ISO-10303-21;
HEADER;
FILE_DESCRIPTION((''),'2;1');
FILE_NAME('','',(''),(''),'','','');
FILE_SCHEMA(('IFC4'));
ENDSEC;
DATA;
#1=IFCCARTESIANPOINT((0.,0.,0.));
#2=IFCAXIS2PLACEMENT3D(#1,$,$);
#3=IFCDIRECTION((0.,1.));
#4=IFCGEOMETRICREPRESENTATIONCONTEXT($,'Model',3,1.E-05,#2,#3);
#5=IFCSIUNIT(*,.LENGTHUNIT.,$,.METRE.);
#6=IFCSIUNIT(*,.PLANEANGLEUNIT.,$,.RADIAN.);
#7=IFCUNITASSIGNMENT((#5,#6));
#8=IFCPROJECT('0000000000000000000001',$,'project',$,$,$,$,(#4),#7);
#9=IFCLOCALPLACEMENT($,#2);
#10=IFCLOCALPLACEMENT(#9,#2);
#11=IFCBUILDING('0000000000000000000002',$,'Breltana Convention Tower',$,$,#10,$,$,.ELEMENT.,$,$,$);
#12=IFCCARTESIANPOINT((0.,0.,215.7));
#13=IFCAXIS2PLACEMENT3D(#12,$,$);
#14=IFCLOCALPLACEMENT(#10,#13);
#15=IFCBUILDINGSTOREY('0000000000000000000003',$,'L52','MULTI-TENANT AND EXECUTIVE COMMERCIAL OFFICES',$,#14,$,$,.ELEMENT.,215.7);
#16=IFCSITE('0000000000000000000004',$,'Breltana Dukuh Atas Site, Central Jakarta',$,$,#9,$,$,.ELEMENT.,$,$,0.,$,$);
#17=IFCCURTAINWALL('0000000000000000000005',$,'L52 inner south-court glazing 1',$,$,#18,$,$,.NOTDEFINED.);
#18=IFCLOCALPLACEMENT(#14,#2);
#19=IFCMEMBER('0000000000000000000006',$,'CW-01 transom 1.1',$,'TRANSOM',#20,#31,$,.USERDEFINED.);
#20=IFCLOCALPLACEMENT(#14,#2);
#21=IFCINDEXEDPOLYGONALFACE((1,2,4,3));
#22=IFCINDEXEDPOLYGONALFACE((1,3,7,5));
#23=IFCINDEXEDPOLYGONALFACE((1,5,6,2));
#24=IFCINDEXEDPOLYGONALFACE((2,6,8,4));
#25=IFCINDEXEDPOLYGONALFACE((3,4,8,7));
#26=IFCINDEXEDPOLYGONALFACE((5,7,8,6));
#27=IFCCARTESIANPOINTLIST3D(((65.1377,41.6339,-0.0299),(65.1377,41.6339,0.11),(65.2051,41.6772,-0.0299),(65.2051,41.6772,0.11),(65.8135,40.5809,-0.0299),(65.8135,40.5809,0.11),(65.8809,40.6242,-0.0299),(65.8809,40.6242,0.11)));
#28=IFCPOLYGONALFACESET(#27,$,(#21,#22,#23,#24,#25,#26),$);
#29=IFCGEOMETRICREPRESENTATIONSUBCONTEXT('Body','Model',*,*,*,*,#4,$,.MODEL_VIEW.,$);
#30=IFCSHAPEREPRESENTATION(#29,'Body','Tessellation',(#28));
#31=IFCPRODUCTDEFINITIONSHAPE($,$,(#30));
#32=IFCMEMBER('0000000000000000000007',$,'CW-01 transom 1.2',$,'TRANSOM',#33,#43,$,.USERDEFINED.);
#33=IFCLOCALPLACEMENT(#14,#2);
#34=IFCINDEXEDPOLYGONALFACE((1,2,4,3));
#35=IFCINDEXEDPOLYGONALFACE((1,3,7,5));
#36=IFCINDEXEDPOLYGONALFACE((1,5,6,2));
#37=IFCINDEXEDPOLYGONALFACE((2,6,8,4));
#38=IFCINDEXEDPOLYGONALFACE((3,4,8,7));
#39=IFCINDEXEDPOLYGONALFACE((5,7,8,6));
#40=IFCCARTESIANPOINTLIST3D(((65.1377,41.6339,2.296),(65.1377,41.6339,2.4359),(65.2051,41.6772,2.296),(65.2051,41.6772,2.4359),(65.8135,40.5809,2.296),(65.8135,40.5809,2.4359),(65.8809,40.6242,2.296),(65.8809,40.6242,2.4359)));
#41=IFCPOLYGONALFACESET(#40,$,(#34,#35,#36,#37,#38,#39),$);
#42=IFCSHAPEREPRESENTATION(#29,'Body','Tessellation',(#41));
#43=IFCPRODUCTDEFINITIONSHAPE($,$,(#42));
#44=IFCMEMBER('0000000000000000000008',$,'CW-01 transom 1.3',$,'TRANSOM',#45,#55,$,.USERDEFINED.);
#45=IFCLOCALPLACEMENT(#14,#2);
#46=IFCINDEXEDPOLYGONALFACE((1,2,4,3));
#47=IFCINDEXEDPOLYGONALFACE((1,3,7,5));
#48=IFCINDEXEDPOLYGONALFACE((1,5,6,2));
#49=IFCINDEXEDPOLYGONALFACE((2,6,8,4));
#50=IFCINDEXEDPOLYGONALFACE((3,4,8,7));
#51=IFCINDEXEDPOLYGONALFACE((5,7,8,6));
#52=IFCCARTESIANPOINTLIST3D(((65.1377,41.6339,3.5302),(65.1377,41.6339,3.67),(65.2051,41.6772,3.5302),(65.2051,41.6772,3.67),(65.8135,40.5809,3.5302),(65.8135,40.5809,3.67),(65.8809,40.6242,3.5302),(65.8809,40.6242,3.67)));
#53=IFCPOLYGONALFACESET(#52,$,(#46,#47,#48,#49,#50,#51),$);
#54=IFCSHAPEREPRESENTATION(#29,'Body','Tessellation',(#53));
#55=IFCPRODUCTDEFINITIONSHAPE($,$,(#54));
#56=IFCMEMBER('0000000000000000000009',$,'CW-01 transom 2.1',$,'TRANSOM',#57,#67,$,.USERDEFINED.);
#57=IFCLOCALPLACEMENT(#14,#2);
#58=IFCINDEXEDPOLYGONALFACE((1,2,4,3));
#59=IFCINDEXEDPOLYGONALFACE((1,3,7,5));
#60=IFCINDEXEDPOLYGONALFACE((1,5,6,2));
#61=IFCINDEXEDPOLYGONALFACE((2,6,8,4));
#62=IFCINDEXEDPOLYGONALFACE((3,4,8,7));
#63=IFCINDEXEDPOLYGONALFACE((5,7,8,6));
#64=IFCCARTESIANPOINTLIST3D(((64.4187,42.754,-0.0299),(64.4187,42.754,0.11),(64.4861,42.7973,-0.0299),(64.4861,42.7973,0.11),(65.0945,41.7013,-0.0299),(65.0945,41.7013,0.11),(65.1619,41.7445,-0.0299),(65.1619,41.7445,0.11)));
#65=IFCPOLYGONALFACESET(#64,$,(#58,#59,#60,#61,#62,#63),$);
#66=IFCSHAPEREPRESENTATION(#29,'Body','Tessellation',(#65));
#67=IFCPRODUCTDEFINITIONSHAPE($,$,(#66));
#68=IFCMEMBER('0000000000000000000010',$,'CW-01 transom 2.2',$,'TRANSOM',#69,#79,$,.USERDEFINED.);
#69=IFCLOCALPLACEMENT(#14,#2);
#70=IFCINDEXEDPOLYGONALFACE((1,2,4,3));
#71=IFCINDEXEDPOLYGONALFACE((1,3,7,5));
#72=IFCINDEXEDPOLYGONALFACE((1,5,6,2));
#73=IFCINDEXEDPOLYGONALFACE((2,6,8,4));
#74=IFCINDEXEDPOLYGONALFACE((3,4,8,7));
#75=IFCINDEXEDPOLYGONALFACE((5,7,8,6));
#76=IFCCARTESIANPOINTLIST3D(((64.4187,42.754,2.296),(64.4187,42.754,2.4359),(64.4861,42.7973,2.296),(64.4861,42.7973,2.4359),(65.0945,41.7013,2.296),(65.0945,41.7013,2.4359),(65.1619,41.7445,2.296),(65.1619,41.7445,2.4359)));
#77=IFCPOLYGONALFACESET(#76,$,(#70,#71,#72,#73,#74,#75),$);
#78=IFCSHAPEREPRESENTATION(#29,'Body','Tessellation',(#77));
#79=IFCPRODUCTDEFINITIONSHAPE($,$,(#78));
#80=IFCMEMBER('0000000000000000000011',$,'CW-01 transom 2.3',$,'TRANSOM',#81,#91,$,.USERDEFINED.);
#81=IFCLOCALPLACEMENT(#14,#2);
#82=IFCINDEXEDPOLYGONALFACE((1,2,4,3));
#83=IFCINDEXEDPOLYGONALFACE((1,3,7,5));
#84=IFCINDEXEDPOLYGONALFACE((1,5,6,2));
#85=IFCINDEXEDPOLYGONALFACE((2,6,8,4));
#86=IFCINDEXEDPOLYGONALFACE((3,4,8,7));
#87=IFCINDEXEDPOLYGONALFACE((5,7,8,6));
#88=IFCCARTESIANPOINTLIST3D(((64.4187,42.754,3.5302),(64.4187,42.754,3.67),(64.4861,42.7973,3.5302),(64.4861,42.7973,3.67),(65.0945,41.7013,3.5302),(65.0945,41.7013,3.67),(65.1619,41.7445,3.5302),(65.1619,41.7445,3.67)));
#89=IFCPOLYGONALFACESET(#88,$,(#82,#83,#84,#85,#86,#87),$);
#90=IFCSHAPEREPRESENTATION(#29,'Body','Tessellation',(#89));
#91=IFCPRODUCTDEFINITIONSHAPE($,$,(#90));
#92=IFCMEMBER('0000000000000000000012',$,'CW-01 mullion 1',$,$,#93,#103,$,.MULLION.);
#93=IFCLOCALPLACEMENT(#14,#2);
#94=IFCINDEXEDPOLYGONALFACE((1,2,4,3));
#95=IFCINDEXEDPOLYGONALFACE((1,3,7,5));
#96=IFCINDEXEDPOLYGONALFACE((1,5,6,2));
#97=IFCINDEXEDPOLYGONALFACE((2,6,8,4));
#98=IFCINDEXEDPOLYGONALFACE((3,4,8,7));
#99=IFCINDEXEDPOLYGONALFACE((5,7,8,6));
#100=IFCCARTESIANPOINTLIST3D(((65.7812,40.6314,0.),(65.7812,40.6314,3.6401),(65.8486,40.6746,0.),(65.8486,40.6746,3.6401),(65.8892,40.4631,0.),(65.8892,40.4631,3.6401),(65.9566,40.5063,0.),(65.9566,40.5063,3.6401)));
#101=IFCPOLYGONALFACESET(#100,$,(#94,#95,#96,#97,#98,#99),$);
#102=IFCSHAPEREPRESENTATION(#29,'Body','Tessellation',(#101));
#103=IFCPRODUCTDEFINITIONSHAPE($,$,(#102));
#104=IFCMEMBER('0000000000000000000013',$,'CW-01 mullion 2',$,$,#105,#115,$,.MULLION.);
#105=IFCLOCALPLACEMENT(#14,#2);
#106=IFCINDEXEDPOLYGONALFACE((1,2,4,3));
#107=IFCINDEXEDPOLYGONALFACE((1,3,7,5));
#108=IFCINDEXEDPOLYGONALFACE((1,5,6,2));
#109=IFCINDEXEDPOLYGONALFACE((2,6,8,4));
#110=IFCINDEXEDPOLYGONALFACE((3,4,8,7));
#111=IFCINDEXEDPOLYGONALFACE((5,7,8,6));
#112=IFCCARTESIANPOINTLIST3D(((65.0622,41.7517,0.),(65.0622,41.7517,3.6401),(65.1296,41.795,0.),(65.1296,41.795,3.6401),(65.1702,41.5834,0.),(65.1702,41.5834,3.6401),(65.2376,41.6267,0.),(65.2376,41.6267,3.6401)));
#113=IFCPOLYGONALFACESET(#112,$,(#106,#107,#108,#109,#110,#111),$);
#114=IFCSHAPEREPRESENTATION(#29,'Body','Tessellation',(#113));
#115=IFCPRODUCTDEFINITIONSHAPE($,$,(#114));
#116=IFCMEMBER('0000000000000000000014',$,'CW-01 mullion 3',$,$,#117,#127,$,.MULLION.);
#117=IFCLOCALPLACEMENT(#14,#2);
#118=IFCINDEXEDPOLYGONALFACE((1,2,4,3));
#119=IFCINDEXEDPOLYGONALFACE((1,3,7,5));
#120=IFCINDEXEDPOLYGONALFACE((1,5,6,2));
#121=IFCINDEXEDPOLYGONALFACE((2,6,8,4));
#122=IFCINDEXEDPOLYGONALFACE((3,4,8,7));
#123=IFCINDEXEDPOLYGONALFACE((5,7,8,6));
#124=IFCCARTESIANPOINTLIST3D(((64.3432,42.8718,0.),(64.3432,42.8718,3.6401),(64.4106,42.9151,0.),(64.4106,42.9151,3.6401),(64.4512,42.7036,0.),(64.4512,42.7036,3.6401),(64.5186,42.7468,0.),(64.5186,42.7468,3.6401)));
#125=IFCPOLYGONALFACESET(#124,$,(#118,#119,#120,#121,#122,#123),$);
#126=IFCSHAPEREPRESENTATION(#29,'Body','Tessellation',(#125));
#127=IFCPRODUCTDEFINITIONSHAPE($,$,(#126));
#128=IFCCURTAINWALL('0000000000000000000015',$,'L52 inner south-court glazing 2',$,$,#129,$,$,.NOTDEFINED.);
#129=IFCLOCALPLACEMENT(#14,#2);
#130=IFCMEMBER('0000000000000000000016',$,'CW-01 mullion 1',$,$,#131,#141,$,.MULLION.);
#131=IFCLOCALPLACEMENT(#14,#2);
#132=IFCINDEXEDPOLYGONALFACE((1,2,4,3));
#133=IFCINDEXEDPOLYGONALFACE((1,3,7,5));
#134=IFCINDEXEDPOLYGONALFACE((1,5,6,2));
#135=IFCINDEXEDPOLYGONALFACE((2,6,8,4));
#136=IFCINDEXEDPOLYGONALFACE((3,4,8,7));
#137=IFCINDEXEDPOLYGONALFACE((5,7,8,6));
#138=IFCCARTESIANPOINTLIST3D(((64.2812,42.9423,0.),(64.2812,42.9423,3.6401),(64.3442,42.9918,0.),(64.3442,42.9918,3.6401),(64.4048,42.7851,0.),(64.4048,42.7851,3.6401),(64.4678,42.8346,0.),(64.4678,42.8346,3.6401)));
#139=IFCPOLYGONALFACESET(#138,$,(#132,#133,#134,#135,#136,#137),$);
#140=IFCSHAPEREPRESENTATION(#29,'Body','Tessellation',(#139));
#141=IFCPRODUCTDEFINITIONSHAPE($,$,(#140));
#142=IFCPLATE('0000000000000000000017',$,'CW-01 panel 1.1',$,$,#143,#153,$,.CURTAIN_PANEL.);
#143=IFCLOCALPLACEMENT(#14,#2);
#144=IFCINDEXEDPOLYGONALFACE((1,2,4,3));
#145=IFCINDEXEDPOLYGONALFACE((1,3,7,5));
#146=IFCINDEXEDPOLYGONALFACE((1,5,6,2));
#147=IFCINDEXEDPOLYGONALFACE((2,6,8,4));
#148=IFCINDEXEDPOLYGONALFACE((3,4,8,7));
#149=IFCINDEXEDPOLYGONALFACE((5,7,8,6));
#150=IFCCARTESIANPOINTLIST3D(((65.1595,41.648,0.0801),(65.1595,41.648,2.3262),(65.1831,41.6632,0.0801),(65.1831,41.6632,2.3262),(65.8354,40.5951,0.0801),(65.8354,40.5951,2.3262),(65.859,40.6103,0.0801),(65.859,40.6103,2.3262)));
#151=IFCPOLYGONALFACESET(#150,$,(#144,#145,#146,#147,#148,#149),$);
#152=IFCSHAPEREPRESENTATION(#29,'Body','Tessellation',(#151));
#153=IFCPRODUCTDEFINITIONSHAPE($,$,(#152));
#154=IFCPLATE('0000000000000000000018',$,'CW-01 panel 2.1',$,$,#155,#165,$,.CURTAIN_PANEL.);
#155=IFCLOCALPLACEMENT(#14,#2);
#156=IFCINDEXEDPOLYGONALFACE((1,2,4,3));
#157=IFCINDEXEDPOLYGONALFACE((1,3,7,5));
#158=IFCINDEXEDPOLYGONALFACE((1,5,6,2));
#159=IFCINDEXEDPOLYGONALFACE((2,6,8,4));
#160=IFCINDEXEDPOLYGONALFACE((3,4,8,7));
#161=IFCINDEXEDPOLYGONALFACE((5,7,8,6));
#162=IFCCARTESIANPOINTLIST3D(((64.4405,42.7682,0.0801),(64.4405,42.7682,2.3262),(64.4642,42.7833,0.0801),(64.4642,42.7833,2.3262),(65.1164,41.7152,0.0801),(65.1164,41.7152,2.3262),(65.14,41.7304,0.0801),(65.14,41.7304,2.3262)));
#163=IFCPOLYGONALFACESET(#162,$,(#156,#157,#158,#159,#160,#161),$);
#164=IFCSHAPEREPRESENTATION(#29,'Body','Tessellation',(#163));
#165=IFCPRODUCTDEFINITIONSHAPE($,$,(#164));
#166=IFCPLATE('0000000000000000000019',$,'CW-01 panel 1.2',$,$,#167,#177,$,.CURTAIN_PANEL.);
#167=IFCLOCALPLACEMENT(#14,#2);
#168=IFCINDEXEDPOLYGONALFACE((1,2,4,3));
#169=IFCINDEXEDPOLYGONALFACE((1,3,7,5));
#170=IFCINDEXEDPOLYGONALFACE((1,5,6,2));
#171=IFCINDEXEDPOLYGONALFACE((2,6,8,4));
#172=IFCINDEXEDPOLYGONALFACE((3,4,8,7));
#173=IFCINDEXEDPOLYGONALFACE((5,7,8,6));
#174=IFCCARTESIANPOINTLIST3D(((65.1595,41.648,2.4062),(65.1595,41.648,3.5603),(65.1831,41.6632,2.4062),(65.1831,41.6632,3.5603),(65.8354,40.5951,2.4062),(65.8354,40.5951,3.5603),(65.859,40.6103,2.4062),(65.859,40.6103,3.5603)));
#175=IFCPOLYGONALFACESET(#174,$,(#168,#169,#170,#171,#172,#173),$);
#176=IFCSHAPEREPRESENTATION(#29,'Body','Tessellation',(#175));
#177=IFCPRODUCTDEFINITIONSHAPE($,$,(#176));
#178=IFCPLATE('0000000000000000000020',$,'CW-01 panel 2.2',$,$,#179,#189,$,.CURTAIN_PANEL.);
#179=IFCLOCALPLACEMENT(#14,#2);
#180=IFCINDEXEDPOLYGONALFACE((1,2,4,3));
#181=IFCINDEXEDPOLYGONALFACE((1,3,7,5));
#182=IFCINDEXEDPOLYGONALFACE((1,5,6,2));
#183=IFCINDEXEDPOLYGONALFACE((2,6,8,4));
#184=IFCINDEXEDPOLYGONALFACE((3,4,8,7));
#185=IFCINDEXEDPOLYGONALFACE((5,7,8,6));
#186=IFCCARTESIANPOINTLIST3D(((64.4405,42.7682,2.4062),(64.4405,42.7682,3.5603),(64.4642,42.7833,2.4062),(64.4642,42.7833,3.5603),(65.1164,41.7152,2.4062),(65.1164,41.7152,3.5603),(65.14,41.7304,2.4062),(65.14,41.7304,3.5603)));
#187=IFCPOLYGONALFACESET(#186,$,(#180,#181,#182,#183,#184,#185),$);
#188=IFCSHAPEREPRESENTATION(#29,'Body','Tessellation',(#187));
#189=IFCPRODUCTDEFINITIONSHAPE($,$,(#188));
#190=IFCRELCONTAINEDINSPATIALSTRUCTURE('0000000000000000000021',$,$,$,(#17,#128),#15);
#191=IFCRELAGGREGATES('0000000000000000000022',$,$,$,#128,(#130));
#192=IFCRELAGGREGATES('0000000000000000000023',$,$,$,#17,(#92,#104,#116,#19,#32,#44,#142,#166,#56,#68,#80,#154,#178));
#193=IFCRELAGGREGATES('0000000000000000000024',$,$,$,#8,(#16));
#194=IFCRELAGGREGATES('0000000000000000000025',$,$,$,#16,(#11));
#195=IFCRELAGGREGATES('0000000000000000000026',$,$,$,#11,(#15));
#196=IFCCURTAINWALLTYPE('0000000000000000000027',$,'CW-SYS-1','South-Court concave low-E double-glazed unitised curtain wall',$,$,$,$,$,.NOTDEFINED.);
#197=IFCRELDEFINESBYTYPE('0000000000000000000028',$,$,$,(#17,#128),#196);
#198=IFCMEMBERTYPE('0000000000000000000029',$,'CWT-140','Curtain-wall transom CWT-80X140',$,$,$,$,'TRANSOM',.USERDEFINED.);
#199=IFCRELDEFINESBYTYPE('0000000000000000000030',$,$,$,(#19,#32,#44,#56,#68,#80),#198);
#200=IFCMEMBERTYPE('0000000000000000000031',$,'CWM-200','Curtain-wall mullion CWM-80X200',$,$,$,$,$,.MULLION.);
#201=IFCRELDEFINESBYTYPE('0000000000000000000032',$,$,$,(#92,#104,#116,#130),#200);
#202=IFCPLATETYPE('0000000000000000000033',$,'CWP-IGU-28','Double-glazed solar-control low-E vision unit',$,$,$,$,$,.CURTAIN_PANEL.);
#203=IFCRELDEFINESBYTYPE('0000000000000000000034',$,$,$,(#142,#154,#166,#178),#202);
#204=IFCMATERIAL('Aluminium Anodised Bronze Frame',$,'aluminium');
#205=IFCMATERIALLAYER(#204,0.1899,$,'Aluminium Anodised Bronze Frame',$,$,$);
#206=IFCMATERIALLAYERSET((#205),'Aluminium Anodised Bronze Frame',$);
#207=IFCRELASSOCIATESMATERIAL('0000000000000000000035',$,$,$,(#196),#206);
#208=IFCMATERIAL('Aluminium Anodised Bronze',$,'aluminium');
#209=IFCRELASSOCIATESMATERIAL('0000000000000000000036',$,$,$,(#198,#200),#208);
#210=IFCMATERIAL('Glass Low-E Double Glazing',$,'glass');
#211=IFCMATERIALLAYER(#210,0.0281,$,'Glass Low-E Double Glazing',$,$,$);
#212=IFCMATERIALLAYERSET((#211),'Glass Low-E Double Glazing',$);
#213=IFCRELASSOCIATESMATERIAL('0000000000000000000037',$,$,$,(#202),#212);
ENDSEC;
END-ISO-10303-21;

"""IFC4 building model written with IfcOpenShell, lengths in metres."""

from ifc_helpers import new_model, si_unit, direction, frame, origin, origin_2d, place, context, subcontext, project, spatial, rectangle, extrude, source, transform, mapped, material, layer, layer_set, material_profile, profile_set, type_object, element, aggregate, save


model = new_model("IFC4")

# Units and contexts
model_context = context("Model", 3, precision=1e-05, world=origin(), true_north=direction((0.0, 1.0)))
body_context = subcontext(model_context, "Body", "Model", "MODEL_VIEW")
ifc_project = project(units=[si_unit("LENGTHUNIT", "METRE"), si_unit("PLANEANGLEUNIT", "RADIAN")], contexts=[model_context])

# Site, building, storey
site_placement = place(None, origin())
site = spatial("IfcSite", under=ifc_project, at=site_placement, Name="Breltana Dukuh Atas Site, Central Jakarta", CompositionType="ELEMENT", RefElevation=0.0)
building_placement = place(site_placement, origin())
building = spatial("IfcBuilding", under=site, at=building_placement, Name="Breltana Convention Tower", CompositionType="ELEMENT")
storey_placement = place(building_placement, frame((0.0, 0.0, 215.7)))
storey = spatial("IfcBuildingStorey", under=building, at=storey_placement, Name="L52", Description="MULTI-TENANT AND EXECUTIVE COMMERCIAL OFFICES", CompositionType="ELEMENT", Elevation=215.7)

# Curtain wall, members
ifc_material_1 = material(Name="Aluminium Anodised Bronze Frame", Category="aluminium")
ifc_layer_1 = layer(ifc_material_1, 0.1899, Name="Aluminium Anodised Bronze Frame")
ifc_layer_set_1 = layer_set([ifc_layer_1], Name="Aluminium Anodised Bronze Frame")
curtain_wall_type = type_object("IfcCurtainWallType", Name="CW-SYS-1", Description="South-Court concave low-E double-glazed unitised curtain wall", PredefinedType="NOTDEFINED", material=ifc_layer_set_1)
curtain_wall_1_placement = place(storey_placement, origin())
curtain_wall_1 = element("IfcCurtainWall", 1, at=curtain_wall_1_placement, inside=storey, type_object=curtain_wall_type, Name="L52 inner south-court glazing 1", PredefinedType="NOTDEFINED")
ifc_material_2 = material(Name="Aluminium Anodised Bronze", Category="aluminium")
ifc_material_profile_1 = material_profile(ifc_material_2, rectangle(XDim=0.0801, YDim=0.1399, at=origin_2d()), Name="CWT-80X140")
ifc_profile_set_1 = profile_set([ifc_material_profile_1], Name="Aluminium Anodised Bronze")
member_type_1 = type_object("IfcMemberType", Name="CWT-140", Description="Curtain-wall transom CWT-80X140", ElementType="TRANSOM", PredefinedType="USERDEFINED", material=ifc_profile_set_1)
shared_shape_1 = source(origin(), body_context, "Body", "SweptSolid", [
    extrude(rectangle(XDim=0.0801, YDim=0.1399, at=origin_2d()), origin(), (0.0, 0.0, 1.0), 1.2512),
])
member_1_placement = place(storey_placement, frame((65.8472, 40.6025, 0.04), z_axis=(-0.540116, 0.84159, 0.0), x_axis=(-0.84159, -0.540116, 0.0)))
member_1 = element("IfcMember", 2, at=member_1_placement, type_object=member_type_1, Name="CW-01 transom 1.1", ObjectType="TRANSOM", PredefinedType="USERDEFINED", context=body_context, shape_type="MappedRepresentation", body=[
    mapped(shared_shape_1, transform((0.0, 0.0, 0.0), scale=1.0)),
])
member_2_placement = place(storey_placement, frame((65.8472, 40.6025, 2.366), z_axis=(-0.540116, 0.84159, 0.0), x_axis=(-0.84159, -0.540116, 0.0)))
member_2 = element("IfcMember", 3, at=member_2_placement, type_object=member_type_1, Name="CW-01 transom 1.2", ObjectType="TRANSOM", PredefinedType="USERDEFINED", context=body_context, shape_type="MappedRepresentation", body=[
    mapped(shared_shape_1, transform((0.0, 0.0, 0.0), scale=1.0)),
])
member_3_placement = place(storey_placement, frame((65.8472, 40.6025, 3.6001), z_axis=(-0.540116, 0.84159, 0.0), x_axis=(-0.84159, -0.540116, 0.0)))
member_3 = element("IfcMember", 4, at=member_3_placement, type_object=member_type_1, Name="CW-01 transom 1.3", ObjectType="TRANSOM", PredefinedType="USERDEFINED", context=body_context, shape_type="MappedRepresentation", body=[
    mapped(shared_shape_1, transform((0.0, 0.0, 0.0), scale=1.0)),
])
shared_shape_2 = source(origin(), body_context, "Body", "SweptSolid", [
    extrude(rectangle(XDim=0.0801, YDim=0.1399, at=origin_2d()), origin(), (0.0, 0.0, 1.0), 1.251),
])
member_4_placement = place(storey_placement, frame((65.1282, 41.7229, 0.04), z_axis=(-0.540205, 0.841533, 0.0), x_axis=(-0.841533, -0.540205, 0.0)))
member_4 = element("IfcMember", 5, at=member_4_placement, type_object=member_type_1, Name="CW-01 transom 2.1", ObjectType="TRANSOM", PredefinedType="USERDEFINED", context=body_context, shape_type="MappedRepresentation", body=[
    mapped(shared_shape_2, transform((0.0, 0.0, 0.0), scale=1.0)),
])
member_5_placement = place(storey_placement, frame((65.1282, 41.7229, 2.366), z_axis=(-0.540205, 0.841533, 0.0), x_axis=(-0.841533, -0.540205, 0.0)))
member_5 = element("IfcMember", 6, at=member_5_placement, type_object=member_type_1, Name="CW-01 transom 2.2", ObjectType="TRANSOM", PredefinedType="USERDEFINED", context=body_context, shape_type="MappedRepresentation", body=[
    mapped(shared_shape_2, transform((0.0, 0.0, 0.0), scale=1.0)),
])
member_6_placement = place(storey_placement, frame((65.1282, 41.7229, 3.6001), z_axis=(-0.540205, 0.841533, 0.0), x_axis=(-0.841533, -0.540205, 0.0)))
member_6 = element("IfcMember", 7, at=member_6_placement, type_object=member_type_1, Name="CW-01 transom 2.3", ObjectType="TRANSOM", PredefinedType="USERDEFINED", context=body_context, shape_type="MappedRepresentation", body=[
    mapped(shared_shape_2, transform((0.0, 0.0, 0.0), scale=1.0)),
])
ifc_material_profile_2 = material_profile(ifc_material_2, rectangle(XDim=0.0801, YDim=0.2, at=origin_2d()), Name="CWM-80X200")
ifc_profile_set_2 = profile_set([ifc_material_profile_2], Name="Aluminium Anodised Bronze")
member_type_2 = type_object("IfcMemberType", Name="CWM-200", Description="Curtain-wall mullion CWM-80X200", PredefinedType="MULLION", material=ifc_profile_set_2)
shared_shape_3 = source(origin(), body_context, "Body", "SweptSolid", [
    extrude(rectangle(XDim=0.0801, YDim=0.2, at=origin_2d()), origin(), (0.0, 0.0, 1.0), 3.6401),
])
member_7_placement = place(storey_placement, frame((65.8689, 40.5688, 0.0), z_axis=(0.0, 0.0, 1.0), x_axis=(-0.841547, -0.540184, 0.0)))
member_7 = element("IfcMember", 8, at=member_7_placement, type_object=member_type_2, Name="CW-01 mullion 1", PredefinedType="MULLION", context=body_context, shape_type="MappedRepresentation", body=[
    mapped(shared_shape_3, transform((0.0, 0.0, 0.0), scale=1.0)),
])
member_8_placement = place(storey_placement, frame((65.1499, 41.6892, 0.0), z_axis=(0.0, 0.0, 1.0), x_axis=(-0.841547, -0.540184, 0.0)))
member_8 = element("IfcMember", 9, at=member_8_placement, type_object=member_type_2, Name="CW-01 mullion 2", PredefinedType="MULLION", context=body_context, shape_type="MappedRepresentation", body=[
    mapped(shared_shape_3, transform((0.0, 0.0, 0.0), scale=1.0)),
])
member_9_placement = place(storey_placement, frame((64.4309, 42.8093, 0.0), z_axis=(0.0, 0.0, 1.0), x_axis=(-0.841547, -0.540184, 0.0)))
member_9 = element("IfcMember", 10, at=member_9_placement, type_object=member_type_2, Name="CW-01 mullion 3", PredefinedType="MULLION", context=body_context, shape_type="MappedRepresentation", body=[
    mapped(shared_shape_3, transform((0.0, 0.0, 0.0), scale=1.0)),
])

# Curtain wall, member
curtain_wall_2_placement = place(storey_placement, origin())
curtain_wall_2 = element("IfcCurtainWall", 11, at=curtain_wall_2_placement, inside=storey, type_object=curtain_wall_type, Name="L52 inner south-court glazing 2", PredefinedType="NOTDEFINED")
member_10_placement = place(storey_placement, frame((64.3745, 42.8884, 0.0), z_axis=(0.0, 0.0, 1.0), x_axis=(-0.786061, -0.61815, 0.0)))
member_10 = element("IfcMember", 12, at=member_10_placement, type_object=member_type_2, Name="CW-01 mullion 1", PredefinedType="MULLION", context=body_context, shape_type="MappedRepresentation", body=[
    mapped(shared_shape_3, transform((0.0, 0.0, 0.0), scale=1.0)),
])
aggregate(curtain_wall_2, [member_10])

# Plates
ifc_material_3 = material(Name="Glass Low-E Double Glazing", Category="glass")
ifc_layer_2 = layer(ifc_material_3, 0.0281, Name="Glass Low-E Double Glazing")
ifc_layer_set_2 = layer_set([ifc_layer_2], Name="Glass Low-E Double Glazing")
plate_type = type_object("IfcPlateType", Name="CWP-IGU-28", Description="Double-glazed solar-control low-E vision unit", PredefinedType="CURTAIN_PANEL", material=ifc_layer_set_2)
shared_shape_4 = source(origin(), body_context, "Body", "SweptSolid", [
    extrude(rectangle(XDim=1.2512, YDim=0.0281, at=origin_2d()), origin(), (0.0, 0.0, 1.0), 2.2461),
])
plate_1_placement = place(storey_placement, frame((65.5093, 41.1292, 0.0801), z_axis=(0.0, 0.0, 1.0), x_axis=(-0.540184, 0.841547, 0.0)))
plate_1 = element("IfcPlate", 13, at=plate_1_placement, type_object=plate_type, Name="CW-01 panel 1.1", PredefinedType="CURTAIN_PANEL", context=body_context, shape_type="MappedRepresentation", body=[
    mapped(shared_shape_4, transform((0.0, 0.0, 0.0), scale=1.0)),
])
plate_2_placement = place(storey_placement, frame((64.7903, 42.2493, 0.0801), z_axis=(0.0, 0.0, 1.0), x_axis=(-0.540184, 0.841547, 0.0)))
plate_2 = element("IfcPlate", 14, at=plate_2_placement, type_object=plate_type, Name="CW-01 panel 2.1", PredefinedType="CURTAIN_PANEL", context=body_context, shape_type="MappedRepresentation", body=[
    mapped(shared_shape_4, transform((0.0, 0.0, 0.0), scale=1.0)),
])
shared_shape_5 = source(origin(), body_context, "Body", "SweptSolid", [
    extrude(rectangle(XDim=1.2512, YDim=0.0281, at=origin_2d()), origin(), (0.0, 0.0, 1.0), 1.1541),
])
plate_3_placement = place(storey_placement, frame((65.5093, 41.1292, 2.4062), z_axis=(0.0, 0.0, 1.0), x_axis=(-0.540184, 0.841547, 0.0)))
plate_3 = element("IfcPlate", 15, at=plate_3_placement, type_object=plate_type, Name="CW-01 panel 1.2", PredefinedType="CURTAIN_PANEL", context=body_context, shape_type="MappedRepresentation", body=[
    mapped(shared_shape_5, transform((0.0, 0.0, 0.0), scale=1.0)),
])
plate_4_placement = place(storey_placement, frame((64.7903, 42.2493, 2.4062), z_axis=(0.0, 0.0, 1.0), x_axis=(-0.540184, 0.841547, 0.0)))
plate_4 = element("IfcPlate", 16, at=plate_4_placement, type_object=plate_type, Name="CW-01 panel 2.2", PredefinedType="CURTAIN_PANEL", context=body_context, shape_type="MappedRepresentation", body=[
    mapped(shared_shape_5, transform((0.0, 0.0, 0.0), scale=1.0)),
])
aggregate(curtain_wall_1, [member_7, member_8, member_9, member_1, member_2, member_3, plate_1, plate_3, member_4, member_5, member_6, plate_2, plate_4])

save(model, "model.ifc")
